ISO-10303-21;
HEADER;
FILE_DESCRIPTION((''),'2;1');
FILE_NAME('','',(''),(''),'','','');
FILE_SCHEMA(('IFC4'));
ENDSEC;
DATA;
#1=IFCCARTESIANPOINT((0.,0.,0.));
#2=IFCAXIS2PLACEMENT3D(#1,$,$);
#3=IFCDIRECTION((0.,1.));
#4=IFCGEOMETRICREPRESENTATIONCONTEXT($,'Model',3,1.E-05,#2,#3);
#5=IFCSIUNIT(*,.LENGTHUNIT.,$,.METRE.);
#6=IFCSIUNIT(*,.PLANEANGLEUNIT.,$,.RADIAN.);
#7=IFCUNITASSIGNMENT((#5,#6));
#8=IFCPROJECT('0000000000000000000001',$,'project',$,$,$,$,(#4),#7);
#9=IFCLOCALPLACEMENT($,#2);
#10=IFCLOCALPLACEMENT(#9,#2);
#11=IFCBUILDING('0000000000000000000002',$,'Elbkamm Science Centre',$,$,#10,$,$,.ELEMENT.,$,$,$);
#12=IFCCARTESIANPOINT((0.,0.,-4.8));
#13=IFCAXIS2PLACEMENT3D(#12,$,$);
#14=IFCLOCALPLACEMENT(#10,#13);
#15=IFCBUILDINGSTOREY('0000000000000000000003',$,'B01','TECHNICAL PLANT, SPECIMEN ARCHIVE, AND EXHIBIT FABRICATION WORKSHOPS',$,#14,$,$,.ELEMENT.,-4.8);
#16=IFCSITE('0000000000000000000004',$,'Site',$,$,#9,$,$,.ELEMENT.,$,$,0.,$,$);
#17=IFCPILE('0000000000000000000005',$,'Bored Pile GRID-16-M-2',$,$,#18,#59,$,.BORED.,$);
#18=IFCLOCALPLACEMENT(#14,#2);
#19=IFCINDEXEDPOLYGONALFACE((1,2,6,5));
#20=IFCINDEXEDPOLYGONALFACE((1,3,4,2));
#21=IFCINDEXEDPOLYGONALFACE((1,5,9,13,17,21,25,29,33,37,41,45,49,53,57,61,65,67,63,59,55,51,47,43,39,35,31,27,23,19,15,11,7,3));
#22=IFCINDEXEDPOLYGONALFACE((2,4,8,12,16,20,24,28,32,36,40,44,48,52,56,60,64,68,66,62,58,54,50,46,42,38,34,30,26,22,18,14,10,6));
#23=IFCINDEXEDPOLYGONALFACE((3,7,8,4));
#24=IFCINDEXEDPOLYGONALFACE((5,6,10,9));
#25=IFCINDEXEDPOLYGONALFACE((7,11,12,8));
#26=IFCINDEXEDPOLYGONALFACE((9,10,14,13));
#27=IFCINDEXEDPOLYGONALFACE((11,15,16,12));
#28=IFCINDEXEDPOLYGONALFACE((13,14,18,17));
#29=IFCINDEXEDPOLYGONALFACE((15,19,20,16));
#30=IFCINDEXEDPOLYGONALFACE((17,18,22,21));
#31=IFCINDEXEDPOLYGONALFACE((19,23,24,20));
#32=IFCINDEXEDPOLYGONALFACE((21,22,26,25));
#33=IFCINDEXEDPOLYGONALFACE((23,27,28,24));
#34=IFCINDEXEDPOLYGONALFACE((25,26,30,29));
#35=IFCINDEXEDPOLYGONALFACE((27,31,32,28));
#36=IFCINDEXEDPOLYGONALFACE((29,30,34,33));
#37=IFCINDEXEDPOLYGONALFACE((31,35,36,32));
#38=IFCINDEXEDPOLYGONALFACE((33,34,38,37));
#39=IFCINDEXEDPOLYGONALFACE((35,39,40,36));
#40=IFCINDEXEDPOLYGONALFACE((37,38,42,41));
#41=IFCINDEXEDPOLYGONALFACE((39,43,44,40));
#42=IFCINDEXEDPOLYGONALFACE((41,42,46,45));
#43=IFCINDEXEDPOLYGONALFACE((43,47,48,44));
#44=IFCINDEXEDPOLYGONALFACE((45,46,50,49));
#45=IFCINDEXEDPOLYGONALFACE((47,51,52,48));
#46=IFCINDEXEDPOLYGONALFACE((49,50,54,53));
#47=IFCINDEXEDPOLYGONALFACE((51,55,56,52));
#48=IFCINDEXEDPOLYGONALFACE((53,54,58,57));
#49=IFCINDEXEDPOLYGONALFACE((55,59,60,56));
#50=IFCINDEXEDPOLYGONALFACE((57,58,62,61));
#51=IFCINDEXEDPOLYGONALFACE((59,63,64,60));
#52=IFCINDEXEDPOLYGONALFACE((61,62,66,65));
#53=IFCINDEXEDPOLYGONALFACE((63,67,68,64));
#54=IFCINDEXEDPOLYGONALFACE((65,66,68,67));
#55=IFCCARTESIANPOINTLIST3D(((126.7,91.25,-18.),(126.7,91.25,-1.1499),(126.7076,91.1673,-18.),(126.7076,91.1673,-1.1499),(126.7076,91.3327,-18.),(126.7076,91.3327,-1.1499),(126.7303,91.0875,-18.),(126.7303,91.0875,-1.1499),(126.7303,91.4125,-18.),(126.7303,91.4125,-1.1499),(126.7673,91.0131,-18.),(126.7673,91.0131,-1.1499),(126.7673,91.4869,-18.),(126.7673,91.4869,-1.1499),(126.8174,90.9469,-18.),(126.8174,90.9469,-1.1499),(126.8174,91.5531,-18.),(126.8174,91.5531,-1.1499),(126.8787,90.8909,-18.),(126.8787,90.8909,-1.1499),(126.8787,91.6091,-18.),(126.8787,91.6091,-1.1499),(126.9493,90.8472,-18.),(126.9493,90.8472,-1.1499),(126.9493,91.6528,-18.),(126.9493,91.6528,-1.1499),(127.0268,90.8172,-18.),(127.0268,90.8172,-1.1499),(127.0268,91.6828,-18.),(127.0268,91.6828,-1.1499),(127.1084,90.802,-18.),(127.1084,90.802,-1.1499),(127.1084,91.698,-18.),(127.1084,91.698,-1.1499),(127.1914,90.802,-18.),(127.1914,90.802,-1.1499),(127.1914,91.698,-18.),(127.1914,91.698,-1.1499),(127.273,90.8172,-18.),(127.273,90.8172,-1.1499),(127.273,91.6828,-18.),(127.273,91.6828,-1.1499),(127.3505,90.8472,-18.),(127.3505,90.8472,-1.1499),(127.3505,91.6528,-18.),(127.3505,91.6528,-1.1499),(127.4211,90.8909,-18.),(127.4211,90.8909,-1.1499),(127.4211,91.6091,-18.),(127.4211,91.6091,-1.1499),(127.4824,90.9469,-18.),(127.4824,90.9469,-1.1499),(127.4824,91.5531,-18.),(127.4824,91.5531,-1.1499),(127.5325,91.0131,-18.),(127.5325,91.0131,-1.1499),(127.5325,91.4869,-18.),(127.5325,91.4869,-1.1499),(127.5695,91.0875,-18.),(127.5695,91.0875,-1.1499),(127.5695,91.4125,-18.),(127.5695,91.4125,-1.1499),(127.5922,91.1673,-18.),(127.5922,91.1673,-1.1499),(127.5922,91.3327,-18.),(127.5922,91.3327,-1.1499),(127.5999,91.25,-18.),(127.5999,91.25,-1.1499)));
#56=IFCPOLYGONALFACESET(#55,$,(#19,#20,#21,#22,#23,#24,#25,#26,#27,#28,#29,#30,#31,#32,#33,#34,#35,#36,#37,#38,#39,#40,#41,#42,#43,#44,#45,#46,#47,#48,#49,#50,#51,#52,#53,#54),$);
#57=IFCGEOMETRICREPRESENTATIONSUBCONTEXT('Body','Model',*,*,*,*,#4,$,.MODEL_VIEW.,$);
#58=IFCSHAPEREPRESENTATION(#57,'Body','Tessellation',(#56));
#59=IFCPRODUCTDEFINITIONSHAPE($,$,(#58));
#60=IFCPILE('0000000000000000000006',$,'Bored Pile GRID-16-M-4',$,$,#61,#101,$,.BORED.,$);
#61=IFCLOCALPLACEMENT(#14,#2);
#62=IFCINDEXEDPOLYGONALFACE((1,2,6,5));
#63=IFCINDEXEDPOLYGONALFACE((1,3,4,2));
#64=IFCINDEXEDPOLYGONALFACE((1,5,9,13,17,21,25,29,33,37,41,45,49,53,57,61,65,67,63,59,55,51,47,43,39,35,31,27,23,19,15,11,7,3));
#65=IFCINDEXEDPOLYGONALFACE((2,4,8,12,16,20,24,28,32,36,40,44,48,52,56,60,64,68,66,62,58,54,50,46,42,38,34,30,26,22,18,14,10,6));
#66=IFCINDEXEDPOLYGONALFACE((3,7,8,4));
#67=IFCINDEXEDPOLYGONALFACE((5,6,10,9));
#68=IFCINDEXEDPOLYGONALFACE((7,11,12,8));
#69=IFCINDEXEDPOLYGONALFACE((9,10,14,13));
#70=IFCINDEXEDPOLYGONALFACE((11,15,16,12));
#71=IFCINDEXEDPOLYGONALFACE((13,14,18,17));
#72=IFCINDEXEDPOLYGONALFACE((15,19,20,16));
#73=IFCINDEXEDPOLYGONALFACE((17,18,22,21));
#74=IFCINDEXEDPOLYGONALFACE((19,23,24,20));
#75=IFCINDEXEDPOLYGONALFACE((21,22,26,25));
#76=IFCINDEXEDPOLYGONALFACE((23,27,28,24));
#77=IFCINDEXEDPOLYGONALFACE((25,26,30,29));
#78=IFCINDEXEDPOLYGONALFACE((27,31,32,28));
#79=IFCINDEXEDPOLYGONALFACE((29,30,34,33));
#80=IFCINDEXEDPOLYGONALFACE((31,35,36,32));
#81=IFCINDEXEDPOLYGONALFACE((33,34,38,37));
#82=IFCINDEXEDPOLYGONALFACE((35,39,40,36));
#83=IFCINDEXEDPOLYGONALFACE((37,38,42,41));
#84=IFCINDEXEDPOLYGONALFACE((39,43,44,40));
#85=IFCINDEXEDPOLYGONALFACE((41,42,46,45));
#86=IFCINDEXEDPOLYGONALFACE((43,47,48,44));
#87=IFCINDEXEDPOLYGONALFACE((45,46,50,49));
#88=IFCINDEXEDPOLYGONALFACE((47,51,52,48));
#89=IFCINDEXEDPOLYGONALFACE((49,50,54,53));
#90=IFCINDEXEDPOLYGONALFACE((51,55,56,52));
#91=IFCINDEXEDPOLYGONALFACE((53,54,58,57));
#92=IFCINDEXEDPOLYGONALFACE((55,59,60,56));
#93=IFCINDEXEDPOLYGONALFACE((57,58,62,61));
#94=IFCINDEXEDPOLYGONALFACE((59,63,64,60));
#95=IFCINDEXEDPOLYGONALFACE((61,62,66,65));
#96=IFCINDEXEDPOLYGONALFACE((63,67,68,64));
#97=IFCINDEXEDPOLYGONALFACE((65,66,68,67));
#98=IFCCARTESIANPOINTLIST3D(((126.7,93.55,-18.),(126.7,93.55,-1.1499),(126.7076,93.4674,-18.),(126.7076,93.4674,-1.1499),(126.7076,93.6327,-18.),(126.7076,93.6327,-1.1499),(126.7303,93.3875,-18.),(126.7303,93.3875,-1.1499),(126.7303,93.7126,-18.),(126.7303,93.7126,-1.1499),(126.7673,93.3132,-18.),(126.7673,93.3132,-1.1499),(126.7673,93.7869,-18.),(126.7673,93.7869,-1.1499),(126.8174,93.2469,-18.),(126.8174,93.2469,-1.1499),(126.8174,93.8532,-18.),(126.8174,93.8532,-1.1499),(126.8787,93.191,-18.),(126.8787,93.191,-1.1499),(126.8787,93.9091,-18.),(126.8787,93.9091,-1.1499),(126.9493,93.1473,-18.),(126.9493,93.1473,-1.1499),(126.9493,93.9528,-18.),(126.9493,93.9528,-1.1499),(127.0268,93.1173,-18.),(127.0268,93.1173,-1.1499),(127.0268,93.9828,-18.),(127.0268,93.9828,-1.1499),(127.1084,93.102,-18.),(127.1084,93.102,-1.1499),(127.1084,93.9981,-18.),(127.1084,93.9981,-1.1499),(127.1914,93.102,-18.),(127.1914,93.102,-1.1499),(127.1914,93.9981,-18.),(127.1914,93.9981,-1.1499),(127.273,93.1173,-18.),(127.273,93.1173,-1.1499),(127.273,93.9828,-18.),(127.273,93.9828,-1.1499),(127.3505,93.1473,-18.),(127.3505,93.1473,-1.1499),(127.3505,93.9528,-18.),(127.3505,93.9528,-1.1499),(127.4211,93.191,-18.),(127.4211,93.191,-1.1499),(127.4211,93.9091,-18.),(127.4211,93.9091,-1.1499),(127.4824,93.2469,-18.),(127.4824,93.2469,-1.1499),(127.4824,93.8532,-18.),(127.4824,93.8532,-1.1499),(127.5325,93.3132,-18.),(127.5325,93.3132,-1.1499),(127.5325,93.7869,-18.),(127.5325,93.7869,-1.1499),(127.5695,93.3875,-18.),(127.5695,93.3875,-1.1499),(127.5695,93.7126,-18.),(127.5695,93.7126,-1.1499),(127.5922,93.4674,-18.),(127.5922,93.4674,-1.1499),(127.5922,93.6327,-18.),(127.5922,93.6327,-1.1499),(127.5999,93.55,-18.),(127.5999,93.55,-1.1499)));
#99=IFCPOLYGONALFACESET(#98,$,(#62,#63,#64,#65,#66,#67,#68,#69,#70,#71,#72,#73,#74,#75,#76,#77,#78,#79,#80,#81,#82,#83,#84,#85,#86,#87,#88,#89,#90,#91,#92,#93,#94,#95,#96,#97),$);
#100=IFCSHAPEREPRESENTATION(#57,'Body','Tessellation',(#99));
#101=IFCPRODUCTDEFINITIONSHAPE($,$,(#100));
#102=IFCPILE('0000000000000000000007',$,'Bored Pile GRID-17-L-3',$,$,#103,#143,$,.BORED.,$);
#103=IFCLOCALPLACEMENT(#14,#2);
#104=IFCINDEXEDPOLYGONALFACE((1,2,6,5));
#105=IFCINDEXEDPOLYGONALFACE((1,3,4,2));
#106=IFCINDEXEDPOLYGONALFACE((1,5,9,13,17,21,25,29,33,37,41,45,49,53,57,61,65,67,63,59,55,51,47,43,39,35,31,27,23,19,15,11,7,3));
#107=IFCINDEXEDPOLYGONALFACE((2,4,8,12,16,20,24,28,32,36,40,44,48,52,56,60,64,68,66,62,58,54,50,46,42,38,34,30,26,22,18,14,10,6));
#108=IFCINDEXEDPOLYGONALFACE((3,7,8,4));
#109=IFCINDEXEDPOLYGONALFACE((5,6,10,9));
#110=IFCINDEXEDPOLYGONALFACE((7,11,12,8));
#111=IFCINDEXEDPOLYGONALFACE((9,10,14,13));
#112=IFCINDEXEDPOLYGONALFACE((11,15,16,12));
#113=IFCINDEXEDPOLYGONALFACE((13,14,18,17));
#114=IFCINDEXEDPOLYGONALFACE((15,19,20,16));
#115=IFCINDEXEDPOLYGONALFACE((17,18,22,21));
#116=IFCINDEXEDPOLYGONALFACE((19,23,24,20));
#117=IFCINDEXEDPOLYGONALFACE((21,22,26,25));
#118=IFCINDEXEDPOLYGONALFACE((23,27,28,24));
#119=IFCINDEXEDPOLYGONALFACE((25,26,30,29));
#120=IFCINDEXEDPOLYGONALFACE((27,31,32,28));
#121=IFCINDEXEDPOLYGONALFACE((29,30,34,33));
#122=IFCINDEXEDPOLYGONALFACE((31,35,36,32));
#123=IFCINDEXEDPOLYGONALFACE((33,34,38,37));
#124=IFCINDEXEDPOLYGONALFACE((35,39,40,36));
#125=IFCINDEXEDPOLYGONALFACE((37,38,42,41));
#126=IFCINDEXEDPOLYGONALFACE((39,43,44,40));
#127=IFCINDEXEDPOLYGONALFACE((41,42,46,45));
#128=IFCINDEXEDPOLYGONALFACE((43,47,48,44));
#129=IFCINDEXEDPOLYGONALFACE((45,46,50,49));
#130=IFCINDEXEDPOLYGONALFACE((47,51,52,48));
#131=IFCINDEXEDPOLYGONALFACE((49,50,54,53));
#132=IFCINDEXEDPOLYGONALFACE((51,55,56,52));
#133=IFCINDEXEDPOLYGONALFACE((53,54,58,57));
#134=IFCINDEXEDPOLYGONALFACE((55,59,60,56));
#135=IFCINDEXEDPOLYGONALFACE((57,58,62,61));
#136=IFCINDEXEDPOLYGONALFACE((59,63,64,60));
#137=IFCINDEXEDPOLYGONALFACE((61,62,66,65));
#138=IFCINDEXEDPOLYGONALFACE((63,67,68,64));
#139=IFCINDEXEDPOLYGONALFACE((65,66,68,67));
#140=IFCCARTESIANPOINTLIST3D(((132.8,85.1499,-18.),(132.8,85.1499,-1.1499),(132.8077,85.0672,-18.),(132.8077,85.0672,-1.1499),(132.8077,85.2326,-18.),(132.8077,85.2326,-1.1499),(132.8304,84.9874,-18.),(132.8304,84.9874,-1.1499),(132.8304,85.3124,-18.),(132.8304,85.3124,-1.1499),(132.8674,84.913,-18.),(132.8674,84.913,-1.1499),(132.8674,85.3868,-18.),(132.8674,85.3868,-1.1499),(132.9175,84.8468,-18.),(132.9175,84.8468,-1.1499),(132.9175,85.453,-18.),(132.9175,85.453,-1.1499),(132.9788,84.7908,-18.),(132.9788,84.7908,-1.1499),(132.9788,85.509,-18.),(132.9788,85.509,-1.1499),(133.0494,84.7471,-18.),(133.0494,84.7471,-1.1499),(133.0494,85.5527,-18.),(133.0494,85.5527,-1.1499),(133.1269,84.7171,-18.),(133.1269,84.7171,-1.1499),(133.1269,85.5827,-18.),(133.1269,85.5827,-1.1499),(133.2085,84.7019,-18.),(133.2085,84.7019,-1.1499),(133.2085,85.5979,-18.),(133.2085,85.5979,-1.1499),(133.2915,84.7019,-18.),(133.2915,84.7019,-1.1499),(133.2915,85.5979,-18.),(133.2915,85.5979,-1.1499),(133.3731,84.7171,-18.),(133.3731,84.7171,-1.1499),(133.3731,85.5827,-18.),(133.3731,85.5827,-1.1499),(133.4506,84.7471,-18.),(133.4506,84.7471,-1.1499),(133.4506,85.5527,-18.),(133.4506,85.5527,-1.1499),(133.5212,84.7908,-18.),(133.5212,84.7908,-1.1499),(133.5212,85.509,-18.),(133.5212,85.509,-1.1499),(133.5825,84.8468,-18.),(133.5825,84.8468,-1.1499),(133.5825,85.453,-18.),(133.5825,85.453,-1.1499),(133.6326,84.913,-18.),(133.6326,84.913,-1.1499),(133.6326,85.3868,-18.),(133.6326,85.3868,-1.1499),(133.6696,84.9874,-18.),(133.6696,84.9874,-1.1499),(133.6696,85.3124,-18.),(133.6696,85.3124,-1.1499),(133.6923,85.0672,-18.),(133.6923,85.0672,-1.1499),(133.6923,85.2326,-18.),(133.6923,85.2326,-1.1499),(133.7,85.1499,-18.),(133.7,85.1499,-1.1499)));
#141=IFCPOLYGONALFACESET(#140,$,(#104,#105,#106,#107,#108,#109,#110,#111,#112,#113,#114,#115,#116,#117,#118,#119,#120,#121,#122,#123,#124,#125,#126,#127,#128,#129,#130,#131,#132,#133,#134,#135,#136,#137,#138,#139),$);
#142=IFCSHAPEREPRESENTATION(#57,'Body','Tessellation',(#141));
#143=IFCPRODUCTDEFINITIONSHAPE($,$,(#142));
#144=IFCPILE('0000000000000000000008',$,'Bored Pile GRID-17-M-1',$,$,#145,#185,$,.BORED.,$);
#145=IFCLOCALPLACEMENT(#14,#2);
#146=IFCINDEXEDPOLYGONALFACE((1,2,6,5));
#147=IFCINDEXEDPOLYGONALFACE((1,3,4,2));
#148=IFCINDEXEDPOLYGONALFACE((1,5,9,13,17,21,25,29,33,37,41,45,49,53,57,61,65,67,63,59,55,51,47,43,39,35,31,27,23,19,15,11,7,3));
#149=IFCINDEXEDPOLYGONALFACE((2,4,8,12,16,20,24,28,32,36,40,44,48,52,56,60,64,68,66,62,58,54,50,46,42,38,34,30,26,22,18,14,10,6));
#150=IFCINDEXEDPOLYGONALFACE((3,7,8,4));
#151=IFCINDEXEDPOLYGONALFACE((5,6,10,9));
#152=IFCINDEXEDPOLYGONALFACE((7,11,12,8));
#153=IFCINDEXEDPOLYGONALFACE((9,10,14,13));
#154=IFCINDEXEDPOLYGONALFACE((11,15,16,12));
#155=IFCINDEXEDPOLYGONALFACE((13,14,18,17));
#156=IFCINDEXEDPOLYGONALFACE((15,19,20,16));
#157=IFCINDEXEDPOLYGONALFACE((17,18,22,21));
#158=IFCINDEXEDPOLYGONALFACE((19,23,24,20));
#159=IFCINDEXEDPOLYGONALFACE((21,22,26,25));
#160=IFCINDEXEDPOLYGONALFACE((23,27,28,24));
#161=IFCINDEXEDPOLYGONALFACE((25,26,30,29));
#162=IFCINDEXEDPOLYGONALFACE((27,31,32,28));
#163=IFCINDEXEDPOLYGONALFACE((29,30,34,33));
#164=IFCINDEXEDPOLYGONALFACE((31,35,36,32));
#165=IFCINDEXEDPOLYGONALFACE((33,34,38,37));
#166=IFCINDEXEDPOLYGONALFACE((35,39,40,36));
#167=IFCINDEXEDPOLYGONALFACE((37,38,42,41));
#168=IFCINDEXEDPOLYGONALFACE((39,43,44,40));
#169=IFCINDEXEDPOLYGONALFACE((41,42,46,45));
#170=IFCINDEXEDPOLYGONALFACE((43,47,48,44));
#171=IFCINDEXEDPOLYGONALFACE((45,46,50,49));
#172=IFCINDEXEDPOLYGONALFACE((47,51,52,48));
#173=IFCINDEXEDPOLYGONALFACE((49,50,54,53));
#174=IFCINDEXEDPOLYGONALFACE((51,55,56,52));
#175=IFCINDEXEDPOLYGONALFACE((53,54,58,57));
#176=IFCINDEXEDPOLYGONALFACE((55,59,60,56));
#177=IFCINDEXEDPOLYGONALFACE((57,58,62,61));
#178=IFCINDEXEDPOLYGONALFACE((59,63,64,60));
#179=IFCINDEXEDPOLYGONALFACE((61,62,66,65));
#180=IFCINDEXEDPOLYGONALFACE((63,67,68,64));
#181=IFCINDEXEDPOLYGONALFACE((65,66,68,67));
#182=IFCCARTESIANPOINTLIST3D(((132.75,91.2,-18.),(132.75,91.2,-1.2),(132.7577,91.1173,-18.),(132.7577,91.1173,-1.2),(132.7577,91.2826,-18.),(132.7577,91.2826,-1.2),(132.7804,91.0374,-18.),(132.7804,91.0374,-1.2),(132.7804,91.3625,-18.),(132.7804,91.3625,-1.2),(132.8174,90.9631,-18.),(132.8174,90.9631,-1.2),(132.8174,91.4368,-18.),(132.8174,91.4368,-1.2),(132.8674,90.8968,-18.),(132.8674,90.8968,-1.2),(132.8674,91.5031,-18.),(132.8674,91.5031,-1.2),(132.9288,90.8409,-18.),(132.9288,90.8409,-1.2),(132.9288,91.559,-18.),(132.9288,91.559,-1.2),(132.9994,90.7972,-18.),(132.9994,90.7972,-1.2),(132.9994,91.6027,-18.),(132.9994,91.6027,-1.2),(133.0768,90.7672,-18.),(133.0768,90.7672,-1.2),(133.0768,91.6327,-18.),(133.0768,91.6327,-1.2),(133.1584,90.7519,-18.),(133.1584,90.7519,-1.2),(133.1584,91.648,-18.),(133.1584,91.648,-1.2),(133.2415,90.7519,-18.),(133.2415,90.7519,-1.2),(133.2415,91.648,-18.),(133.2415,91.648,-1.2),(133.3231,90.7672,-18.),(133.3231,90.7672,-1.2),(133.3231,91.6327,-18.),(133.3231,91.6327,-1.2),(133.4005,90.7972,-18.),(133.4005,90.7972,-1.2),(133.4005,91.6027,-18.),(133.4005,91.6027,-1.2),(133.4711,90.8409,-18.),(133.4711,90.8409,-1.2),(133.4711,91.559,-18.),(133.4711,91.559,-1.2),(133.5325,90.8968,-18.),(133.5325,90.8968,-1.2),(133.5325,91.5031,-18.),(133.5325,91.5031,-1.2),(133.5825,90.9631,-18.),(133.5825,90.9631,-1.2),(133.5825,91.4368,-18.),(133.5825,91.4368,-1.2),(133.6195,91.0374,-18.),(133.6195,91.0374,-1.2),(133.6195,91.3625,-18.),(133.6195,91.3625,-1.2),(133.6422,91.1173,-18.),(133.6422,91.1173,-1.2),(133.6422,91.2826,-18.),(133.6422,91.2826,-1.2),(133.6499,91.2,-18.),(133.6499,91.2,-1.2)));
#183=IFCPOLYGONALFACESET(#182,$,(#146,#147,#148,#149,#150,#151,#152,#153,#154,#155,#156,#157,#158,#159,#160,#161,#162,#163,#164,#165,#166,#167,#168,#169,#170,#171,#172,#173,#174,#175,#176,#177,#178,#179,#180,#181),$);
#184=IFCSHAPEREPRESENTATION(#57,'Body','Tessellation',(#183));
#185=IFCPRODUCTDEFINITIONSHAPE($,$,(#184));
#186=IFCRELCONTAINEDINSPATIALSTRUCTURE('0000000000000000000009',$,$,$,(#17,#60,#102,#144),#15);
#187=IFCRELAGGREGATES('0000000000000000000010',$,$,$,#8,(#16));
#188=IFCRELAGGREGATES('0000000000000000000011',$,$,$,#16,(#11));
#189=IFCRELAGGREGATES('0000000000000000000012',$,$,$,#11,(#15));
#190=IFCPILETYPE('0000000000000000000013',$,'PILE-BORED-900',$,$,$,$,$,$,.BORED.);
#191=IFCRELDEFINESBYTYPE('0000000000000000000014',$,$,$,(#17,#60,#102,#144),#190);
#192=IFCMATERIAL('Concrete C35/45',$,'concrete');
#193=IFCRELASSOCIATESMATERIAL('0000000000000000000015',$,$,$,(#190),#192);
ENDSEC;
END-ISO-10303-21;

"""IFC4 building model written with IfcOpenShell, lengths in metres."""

from ifc_helpers import new_model, si_unit, direction, frame, origin, origin_2d, place, context, subcontext, project, spatial, circle, extrude, material, material_profile, profile_set, type_object, element, save


model = new_model("IFC4")

# Units and contexts
model_context = context("Model", 3, precision=1e-05, world=origin(), true_north=direction((0.0, 1.0)))
body_context = subcontext(model_context, "Body", "Model", "MODEL_VIEW")
ifc_project = project(units=[si_unit("LENGTHUNIT", "METRE"), si_unit("PLANEANGLEUNIT", "RADIAN")], contexts=[model_context])

# Site, building, storey
site_placement = place(None, origin())
site = spatial("IfcSite", under=ifc_project, at=site_placement, Name="Site", CompositionType="ELEMENT", RefElevation=0.0)
building_placement = place(site_placement, origin())
building = spatial("IfcBuilding", under=site, at=building_placement, Name="Elbkamm Science Centre", CompositionType="ELEMENT")
storey_placement = place(building_placement, frame((0.0, 0.0, -4.8)))
storey = spatial("IfcBuildingStorey", under=building, at=storey_placement, Name="B01", Description="TECHNICAL PLANT, SPECIMEN ARCHIVE, AND EXHIBIT FABRICATION WORKSHOPS", CompositionType="ELEMENT", Elevation=-4.8)

# Shared definitions
ifc_material_1 = material(Name="Concrete C35/45", Category="concrete")

# Piles
ifc_material_profile_1 = material_profile(ifc_material_1, circle(Radius=0.45, at=origin_2d()), Name="PILE D900")
ifc_profile_set_1 = profile_set([ifc_material_profile_1], Name="Concrete C35/45")
pile_type = type_object("IfcPileType", Name="PILE-BORED-900", PredefinedType="BORED", material=ifc_profile_set_1)
for number, where, z_axis, x_axis, name in (
    (1, (127.1499, 91.25, -1.1499), (0.0, 0.0, -1.0), (1.0, 0.0, 0.0), "Bored Pile GRID-16-M-2"),
    (2, (127.1499, 93.55, -1.1499), (0.0, 0.0, -1.0), (1.0, 0.0, 0.0), "Bored Pile GRID-16-M-4"),
    (3, (133.25, 85.1499, -1.1499), (0.0, 0.0, -1.0), (1.0, 0.0, 0.0), "Bored Pile GRID-17-L-3"),
):
    element("IfcPile", number, at=place(storey_placement, frame(where, z_axis=z_axis, x_axis=x_axis)), inside=storey, type_object=pile_type, Name=name, PredefinedType="BORED", context=body_context, shape_type="SweptSolid", body=[
        extrude(circle(Radius=0.45, at=origin_2d()), origin(), (0.0, 0.0, 1.0), 16.8501),
    ])
for number, where, z_axis, x_axis, name in (
    (4, (133.2, 91.2, -1.2), (0.0, 0.0, -1.0), (1.0, 0.0, 0.0), "Bored Pile GRID-17-M-1"),
):
    element("IfcPile", number, at=place(storey_placement, frame(where, z_axis=z_axis, x_axis=x_axis)), inside=storey, type_object=pile_type, Name=name, PredefinedType="BORED", context=body_context, shape_type="SweptSolid", body=[
        extrude(circle(Radius=0.45, at=origin_2d()), origin(), (0.0, 0.0, 1.0), 16.8),
    ])

save(model, "model.ifc")
